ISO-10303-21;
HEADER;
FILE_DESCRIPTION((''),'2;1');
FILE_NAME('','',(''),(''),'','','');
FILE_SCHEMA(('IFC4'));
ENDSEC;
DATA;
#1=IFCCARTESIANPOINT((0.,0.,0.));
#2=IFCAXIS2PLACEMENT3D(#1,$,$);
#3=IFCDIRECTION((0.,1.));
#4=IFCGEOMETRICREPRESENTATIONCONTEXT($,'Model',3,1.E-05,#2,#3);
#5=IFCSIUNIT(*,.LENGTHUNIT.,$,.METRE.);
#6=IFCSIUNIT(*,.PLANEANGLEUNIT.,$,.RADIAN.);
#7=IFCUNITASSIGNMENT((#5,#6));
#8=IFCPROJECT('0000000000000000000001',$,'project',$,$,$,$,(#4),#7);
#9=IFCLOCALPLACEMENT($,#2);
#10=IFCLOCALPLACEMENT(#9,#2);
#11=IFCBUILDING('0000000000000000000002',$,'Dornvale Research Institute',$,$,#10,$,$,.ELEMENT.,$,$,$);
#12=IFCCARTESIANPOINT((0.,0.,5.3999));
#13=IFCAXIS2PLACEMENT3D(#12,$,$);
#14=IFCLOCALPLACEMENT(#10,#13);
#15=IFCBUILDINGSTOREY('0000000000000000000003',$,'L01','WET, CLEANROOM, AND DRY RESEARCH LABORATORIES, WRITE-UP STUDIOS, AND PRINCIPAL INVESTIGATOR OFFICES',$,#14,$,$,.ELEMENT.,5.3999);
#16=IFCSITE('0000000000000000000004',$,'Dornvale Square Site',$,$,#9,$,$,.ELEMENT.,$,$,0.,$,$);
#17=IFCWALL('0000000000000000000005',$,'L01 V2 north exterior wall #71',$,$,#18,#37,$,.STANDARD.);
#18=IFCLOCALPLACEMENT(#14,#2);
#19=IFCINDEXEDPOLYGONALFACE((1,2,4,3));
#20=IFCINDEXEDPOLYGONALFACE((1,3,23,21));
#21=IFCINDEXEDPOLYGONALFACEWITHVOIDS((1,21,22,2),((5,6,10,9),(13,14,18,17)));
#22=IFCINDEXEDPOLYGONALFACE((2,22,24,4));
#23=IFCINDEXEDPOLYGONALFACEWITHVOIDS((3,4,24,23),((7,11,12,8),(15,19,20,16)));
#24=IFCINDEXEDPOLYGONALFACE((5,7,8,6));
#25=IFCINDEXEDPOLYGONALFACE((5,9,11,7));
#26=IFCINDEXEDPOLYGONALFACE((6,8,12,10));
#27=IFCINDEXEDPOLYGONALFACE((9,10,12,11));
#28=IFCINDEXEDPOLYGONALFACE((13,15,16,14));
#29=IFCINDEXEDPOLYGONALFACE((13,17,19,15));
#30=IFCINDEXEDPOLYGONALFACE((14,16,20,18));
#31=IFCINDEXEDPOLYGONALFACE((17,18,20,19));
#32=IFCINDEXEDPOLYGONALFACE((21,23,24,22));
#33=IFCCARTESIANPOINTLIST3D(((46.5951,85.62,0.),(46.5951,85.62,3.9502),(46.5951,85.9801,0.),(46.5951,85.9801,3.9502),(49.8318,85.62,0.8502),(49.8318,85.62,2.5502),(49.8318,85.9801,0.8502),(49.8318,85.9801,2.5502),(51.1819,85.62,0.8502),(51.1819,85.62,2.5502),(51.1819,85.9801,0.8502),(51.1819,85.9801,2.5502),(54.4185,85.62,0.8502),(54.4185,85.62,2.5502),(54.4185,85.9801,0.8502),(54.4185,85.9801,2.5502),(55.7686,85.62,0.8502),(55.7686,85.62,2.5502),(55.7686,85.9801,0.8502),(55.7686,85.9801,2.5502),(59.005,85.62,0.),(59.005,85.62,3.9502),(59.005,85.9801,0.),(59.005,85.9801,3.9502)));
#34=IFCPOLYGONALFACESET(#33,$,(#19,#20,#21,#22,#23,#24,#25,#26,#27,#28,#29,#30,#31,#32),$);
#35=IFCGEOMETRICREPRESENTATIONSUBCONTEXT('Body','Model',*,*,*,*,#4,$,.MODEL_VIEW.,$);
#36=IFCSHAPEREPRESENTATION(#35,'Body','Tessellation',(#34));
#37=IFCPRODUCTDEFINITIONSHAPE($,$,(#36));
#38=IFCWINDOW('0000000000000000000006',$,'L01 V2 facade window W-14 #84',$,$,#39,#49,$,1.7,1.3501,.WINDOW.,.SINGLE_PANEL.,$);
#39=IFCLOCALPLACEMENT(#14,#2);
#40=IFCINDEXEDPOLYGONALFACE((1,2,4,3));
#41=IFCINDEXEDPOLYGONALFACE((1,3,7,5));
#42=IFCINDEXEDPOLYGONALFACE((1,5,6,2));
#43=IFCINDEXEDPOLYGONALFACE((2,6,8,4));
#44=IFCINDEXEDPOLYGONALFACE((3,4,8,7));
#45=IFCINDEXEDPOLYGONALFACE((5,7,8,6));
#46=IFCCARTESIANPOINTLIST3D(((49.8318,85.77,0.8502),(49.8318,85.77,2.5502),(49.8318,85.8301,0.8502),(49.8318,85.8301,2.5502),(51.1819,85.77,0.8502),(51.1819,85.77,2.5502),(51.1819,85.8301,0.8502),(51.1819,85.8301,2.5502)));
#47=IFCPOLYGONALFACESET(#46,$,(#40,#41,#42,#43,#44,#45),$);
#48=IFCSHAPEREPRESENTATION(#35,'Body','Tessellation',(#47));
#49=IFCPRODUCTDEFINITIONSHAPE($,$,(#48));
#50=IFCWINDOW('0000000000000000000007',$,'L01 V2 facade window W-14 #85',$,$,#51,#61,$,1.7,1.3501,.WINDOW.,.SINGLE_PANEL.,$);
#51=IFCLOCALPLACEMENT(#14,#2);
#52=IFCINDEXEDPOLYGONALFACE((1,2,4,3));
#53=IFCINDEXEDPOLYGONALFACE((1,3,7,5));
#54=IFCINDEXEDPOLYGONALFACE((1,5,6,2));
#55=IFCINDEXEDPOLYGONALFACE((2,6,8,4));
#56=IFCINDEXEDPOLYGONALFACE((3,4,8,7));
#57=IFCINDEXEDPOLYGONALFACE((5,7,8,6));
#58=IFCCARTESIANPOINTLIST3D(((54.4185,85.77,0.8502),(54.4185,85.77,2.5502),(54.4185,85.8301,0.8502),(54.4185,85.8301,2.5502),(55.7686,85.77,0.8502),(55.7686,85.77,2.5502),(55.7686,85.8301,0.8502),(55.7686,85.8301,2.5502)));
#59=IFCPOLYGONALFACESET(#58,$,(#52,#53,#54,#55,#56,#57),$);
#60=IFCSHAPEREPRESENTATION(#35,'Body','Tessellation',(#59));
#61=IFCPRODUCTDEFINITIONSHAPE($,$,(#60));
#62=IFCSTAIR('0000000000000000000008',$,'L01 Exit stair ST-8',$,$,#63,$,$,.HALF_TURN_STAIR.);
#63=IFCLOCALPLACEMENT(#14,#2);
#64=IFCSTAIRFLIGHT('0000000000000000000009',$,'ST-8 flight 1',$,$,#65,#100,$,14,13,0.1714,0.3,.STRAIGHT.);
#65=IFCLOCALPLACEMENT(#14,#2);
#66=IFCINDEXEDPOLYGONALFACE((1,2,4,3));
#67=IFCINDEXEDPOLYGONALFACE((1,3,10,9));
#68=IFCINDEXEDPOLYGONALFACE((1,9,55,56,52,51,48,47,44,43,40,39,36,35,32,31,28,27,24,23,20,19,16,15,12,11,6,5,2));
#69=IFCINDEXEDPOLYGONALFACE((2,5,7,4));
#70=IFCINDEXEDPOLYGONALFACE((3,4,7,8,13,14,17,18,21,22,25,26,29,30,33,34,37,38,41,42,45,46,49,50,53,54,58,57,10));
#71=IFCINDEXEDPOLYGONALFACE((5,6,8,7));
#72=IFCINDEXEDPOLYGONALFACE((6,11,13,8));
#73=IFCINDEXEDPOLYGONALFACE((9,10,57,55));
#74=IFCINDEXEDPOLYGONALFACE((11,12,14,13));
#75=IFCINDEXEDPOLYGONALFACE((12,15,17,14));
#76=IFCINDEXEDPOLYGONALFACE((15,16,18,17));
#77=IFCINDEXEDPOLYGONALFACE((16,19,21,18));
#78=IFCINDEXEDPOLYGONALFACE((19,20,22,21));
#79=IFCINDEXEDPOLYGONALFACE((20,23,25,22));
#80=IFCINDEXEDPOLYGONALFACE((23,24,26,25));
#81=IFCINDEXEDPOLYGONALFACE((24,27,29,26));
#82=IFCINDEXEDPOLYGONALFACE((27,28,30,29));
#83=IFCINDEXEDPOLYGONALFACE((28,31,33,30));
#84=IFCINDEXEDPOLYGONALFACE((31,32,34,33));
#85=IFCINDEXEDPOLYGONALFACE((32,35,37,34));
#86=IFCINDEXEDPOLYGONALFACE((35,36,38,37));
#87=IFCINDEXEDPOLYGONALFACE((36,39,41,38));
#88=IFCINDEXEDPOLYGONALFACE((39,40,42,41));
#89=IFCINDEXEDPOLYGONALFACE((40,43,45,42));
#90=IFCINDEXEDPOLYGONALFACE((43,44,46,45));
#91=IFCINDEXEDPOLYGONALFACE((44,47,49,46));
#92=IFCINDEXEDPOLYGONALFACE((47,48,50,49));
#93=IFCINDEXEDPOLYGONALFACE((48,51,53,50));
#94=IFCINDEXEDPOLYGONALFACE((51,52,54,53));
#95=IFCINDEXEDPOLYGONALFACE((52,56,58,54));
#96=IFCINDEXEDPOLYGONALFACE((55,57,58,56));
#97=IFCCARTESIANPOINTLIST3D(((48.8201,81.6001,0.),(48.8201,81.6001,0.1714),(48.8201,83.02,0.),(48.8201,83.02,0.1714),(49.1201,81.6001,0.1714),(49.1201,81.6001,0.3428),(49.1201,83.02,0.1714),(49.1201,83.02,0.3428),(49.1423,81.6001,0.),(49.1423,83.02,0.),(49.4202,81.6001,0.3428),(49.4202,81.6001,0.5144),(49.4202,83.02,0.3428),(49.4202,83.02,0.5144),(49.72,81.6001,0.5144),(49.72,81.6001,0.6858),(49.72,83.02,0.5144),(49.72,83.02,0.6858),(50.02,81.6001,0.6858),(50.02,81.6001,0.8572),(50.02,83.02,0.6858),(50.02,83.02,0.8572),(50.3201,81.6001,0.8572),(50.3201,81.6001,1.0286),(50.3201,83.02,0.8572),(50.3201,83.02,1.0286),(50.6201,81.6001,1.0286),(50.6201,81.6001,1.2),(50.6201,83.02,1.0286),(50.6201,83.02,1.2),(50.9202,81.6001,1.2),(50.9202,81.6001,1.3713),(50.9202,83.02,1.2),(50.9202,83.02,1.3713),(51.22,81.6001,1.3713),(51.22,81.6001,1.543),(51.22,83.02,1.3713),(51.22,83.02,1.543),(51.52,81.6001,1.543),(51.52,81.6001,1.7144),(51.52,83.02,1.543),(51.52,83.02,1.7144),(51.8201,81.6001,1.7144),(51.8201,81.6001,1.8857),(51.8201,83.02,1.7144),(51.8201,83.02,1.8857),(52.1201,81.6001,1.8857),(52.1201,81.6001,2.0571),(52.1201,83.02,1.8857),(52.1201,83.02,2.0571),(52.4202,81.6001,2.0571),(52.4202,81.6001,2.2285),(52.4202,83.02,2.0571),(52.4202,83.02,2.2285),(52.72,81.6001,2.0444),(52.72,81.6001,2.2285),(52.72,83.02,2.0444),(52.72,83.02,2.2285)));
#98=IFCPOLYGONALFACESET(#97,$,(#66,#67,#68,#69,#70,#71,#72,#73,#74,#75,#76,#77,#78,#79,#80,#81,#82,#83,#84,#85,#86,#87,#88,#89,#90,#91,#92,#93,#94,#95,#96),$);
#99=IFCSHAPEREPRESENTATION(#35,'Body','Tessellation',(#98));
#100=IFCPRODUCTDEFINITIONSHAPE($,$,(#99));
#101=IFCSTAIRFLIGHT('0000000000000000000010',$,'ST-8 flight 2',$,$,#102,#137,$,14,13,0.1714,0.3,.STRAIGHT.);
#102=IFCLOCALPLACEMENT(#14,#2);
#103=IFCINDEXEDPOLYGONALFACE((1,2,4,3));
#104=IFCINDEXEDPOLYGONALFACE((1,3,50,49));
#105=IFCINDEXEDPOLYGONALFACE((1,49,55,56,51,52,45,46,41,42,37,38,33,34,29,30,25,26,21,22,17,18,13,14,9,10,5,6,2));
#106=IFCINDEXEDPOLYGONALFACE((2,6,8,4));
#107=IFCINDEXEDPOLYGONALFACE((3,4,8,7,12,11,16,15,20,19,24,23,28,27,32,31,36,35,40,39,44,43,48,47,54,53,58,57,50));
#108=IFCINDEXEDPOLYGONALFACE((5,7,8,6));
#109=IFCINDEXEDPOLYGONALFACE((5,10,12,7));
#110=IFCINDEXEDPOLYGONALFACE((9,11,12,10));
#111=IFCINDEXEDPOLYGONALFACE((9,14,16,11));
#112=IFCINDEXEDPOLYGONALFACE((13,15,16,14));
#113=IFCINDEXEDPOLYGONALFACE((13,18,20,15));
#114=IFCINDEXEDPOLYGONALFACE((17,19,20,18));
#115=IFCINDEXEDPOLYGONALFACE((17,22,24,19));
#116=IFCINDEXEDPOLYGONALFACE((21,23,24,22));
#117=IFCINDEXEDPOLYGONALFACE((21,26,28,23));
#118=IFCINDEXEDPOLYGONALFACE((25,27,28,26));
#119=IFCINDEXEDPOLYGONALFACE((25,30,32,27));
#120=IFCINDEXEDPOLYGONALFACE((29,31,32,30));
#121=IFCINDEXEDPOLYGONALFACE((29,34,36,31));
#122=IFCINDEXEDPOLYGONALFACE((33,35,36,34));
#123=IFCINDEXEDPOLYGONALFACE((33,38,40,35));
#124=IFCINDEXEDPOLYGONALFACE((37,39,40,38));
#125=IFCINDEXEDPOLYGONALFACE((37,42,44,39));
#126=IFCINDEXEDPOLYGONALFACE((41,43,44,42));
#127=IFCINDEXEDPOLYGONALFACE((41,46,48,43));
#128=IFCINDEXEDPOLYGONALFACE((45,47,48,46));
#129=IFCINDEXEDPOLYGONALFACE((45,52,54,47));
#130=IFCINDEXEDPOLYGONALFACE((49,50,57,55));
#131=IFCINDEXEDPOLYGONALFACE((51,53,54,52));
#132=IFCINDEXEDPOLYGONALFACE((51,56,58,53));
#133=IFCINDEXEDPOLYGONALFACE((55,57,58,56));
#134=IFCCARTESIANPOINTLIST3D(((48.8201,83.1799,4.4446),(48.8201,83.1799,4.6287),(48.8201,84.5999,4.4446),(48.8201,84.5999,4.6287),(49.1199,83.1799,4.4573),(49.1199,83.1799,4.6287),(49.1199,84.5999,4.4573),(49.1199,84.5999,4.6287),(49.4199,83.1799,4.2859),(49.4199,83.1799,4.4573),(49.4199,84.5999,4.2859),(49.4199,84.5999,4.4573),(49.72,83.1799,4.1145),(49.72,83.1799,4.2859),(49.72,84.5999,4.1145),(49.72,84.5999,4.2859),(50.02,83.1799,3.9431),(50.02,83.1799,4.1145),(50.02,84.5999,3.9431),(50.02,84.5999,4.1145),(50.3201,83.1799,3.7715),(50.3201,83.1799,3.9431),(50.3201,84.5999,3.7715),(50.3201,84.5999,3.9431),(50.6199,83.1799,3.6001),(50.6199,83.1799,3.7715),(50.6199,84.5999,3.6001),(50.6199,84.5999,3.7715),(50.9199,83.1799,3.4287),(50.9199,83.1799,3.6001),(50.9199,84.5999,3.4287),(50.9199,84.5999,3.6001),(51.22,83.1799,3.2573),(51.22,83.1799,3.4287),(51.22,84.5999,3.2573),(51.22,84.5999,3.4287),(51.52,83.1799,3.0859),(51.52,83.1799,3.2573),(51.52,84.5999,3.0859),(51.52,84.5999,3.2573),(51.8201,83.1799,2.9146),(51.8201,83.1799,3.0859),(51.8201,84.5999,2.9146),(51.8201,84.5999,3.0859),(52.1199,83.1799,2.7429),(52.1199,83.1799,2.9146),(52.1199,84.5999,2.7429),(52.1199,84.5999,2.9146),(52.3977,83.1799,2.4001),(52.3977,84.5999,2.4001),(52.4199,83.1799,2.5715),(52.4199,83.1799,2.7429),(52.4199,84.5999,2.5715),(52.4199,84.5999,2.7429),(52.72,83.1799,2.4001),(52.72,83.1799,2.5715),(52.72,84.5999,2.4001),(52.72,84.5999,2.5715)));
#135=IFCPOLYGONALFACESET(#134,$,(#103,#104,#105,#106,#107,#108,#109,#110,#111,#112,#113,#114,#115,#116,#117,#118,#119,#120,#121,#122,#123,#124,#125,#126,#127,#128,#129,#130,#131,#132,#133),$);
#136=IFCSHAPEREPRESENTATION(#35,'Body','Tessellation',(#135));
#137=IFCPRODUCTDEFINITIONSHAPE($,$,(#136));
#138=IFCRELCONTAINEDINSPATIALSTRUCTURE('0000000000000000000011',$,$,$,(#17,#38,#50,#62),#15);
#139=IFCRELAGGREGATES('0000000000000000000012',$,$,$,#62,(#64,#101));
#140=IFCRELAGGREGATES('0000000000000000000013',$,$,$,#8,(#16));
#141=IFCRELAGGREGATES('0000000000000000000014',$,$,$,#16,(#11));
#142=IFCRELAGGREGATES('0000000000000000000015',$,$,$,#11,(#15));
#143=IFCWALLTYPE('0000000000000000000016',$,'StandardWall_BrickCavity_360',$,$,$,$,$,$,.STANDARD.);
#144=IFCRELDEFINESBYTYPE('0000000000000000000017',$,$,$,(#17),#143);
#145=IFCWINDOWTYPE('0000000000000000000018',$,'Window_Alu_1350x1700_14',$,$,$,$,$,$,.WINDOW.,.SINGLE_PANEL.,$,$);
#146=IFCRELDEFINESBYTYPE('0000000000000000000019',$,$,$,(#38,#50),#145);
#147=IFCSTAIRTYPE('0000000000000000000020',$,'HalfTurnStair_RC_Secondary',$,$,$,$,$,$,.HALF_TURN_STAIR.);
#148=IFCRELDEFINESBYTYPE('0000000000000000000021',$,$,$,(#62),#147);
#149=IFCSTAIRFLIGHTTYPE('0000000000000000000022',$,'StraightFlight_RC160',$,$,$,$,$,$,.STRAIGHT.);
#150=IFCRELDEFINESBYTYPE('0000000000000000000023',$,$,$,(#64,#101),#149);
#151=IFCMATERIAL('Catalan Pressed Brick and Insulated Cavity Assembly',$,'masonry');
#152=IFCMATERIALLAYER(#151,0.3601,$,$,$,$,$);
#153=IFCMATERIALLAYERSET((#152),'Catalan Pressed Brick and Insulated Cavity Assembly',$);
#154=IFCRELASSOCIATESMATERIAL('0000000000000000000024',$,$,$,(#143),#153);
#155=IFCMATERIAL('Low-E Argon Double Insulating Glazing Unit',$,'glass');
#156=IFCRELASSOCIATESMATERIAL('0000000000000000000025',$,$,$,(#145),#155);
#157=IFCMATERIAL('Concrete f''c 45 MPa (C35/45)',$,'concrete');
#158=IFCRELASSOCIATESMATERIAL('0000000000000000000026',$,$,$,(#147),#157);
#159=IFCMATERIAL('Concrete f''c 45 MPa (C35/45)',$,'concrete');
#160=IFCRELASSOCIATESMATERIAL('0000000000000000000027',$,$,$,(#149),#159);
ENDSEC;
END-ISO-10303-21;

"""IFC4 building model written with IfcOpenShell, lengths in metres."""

from ifc_helpers import new_model, si_unit, direction, frame, frame_2d, origin, place, context, subcontext, project, spatial, polyline, rectangle, outline, extrude, material, layer, layer_set, type_object, element, fill, aggregate, save


model = new_model("IFC4")

# Units and contexts
model_context = context("Model", 3, precision=1e-05, world=origin(), true_north=direction((0.0, 1.0)))
body_context = subcontext(model_context, "Body", "Model", "MODEL_VIEW")
ifc_project = project(units=[si_unit("LENGTHUNIT", "METRE"), si_unit("PLANEANGLEUNIT", "RADIAN")], contexts=[model_context])

# Site, building, storey
site_placement = place(None, origin())
site = spatial("IfcSite", under=ifc_project, at=site_placement, Name="Dornvale Square Site", CompositionType="ELEMENT", RefElevation=0.0)
building_placement = place(site_placement, origin())
building = spatial("IfcBuilding", under=site, at=building_placement, Name="Dornvale Research Institute", CompositionType="ELEMENT")
storey_placement = place(building_placement, frame((0.0, 0.0, 5.3999)))
storey = spatial("IfcBuildingStorey", under=building, at=storey_placement, Name="L01", Description="WET, CLEANROOM, AND DRY RESEARCH LABORATORIES, WRITE-UP STUDIOS, AND PRINCIPAL INVESTIGATOR OFFICES", CompositionType="ELEMENT", Elevation=5.3999)

# Wall, openings, windows
ifc_material_1 = material(Name="Catalan Pressed Brick and Insulated Cavity Assembly", Category="masonry")
ifc_layer_1 = layer(ifc_material_1, 0.3601)
ifc_layer_set_1 = layer_set([ifc_layer_1], Name="Catalan Pressed Brick and Insulated Cavity Assembly")
wall_type_1 = type_object("IfcWallType", Name="StandardWall_BrickCavity_360", PredefinedType="STANDARD", material=ifc_layer_set_1)
wall_1_placement = place(storey_placement, frame((46.595, 85.8, 0.0), z_axis=(0.0, 0.0, 1.0), x_axis=(1.0, 0.0, 0.0)))
wall_1 = element("IfcWall", 1, at=wall_1_placement, inside=storey, type_object=wall_type_1, Name="L01 V2 north exterior wall #71", PredefinedType="STANDARD", context=body_context, shape_type="SweptSolid", body=[
    extrude(rectangle(XDim=12.4099, YDim=0.3601, at=frame_2d((6.2051, 0.0))), origin(), (0.0, 0.0, 1.0), 3.9502),
])
opening_1_placement = place(wall_1_placement, frame((3.2368, 0.0, 0.8501)))
opening_1 = element("IfcOpeningElement", 2, at=opening_1_placement, cuts=wall_1, PredefinedType="OPENING", context=body_context, shape_type="SweptSolid", body=[
    extrude(rectangle(XDim=1.3501, YDim=1.7, at=frame_2d((0.675, 0.8501))), frame((0.0, 0.1951, 0.0), z_axis=(0.0, -1.0, 0.0), x_axis=(1.0, 0.0, 0.0)), (0.0, 0.0, 1.0), 0.3901),
])
opening_2_placement = place(wall_1_placement, frame((7.8235, 0.0, 0.8501)))
opening_2 = element("IfcOpeningElement", 3, at=opening_2_placement, cuts=wall_1, PredefinedType="OPENING", context=body_context, shape_type="SweptSolid", body=[
    extrude(rectangle(XDim=1.3501, YDim=1.7, at=frame_2d((0.675, 0.8501))), frame((0.0, 0.1951, 0.0), z_axis=(0.0, -1.0, 0.0), x_axis=(1.0, 0.0, 0.0)), (0.0, 0.0, 1.0), 0.3901),
])
ifc_material_2 = material(Name="Low-E Argon Double Insulating Glazing Unit", Category="glass")
window_type = type_object("IfcWindowType", Name="Window_Alu_1350x1700_14", PartitioningType="SINGLE_PANEL", PredefinedType="WINDOW", material=ifc_material_2)
window_1_placement = place(opening_1_placement, origin())
window_1 = element("IfcWindow", 4, at=window_1_placement, inside=storey, type_object=window_type, Name="L01 V2 facade window W-14 #84", OverallHeight=1.7, OverallWidth=1.3501, PartitioningType="SINGLE_PANEL", PredefinedType="WINDOW", context=body_context, shape_type="SweptSolid", body=[
    extrude(rectangle(XDim=1.3501, YDim=1.7, at=frame_2d((0.675, 0.8501))), frame((0.0, 0.03, 0.0), z_axis=(0.0, -1.0, 0.0), x_axis=(1.0, 0.0, 0.0)), (0.0, 0.0, 1.0), 0.0601),
])
fill(opening_1, window_1)
window_2_placement = place(opening_2_placement, origin())
window_2 = element("IfcWindow", 5, at=window_2_placement, inside=storey, type_object=window_type, Name="L01 V2 facade window W-14 #85", OverallHeight=1.7, OverallWidth=1.3501, PartitioningType="SINGLE_PANEL", PredefinedType="WINDOW", context=body_context, shape_type="SweptSolid", body=[
    extrude(rectangle(XDim=1.3501, YDim=1.7, at=frame_2d((0.675, 0.8501))), frame((0.0, 0.03, 0.0), z_axis=(0.0, -1.0, 0.0), x_axis=(1.0, 0.0, 0.0)), (0.0, 0.0, 1.0), 0.0601),
])
fill(opening_2, window_2)

# Stair, stair flights
ifc_material_3 = material(Name="Concrete f'c 45 MPa (C35/45)", Category="concrete")
stair_type = type_object("IfcStairType", Name="HalfTurnStair_RC_Secondary", PredefinedType="HALF_TURN_STAIR", material=ifc_material_3)
stair_placement = place(storey_placement, origin())
stair = element("IfcStair", 6, at=stair_placement, inside=storey, type_object=stair_type, Name="L01 Exit stair ST-8", PredefinedType="HALF_TURN_STAIR")
ifc_material_4 = material(Name="Concrete f'c 45 MPa (C35/45)", Category="concrete")
stair_flight_type = type_object("IfcStairFlightType", Name="StraightFlight_RC160", PredefinedType="STRAIGHT", material=ifc_material_4)
stair_flight_1_placement = place(storey_placement, frame((48.8201, 82.3101, 0.0), z_axis=(0.0, 0.0, 1.0), x_axis=(1.0, 0.0, 0.0)))
stair_flight_1 = element("IfcStairFlight", 7, at=stair_flight_1_placement, type_object=stair_flight_type, Name="ST-8 flight 1", NumberOfRisers=14, NumberOfTreads=13, PredefinedType="STRAIGHT", RiserHeight=0.1714, TreadLength=0.3, context=body_context, shape_type="SweptSolid", body=[
    extrude(outline(polyline([(0.0, 0.0), (0.0, 0.1714), (0.3, 0.1714), (0.3, 0.3428), (0.6001, 0.3428), (0.6001, 0.5144), (0.8999, 0.5144), (0.8999, 0.6858), (1.2, 0.6858), (1.2, 0.8572), (1.5, 0.8572), (1.5, 1.0286), (1.8, 1.0286), (1.8, 1.2), (2.1001, 1.2), (2.1001, 1.3713), (2.3999, 1.3713), (2.3999, 1.543), (2.7, 1.543), (2.7, 1.7144), (3.0, 1.7144), (3.0, 1.8857), (3.3, 1.8857), (3.3, 2.0571), (3.6001, 2.0571), (3.6001, 2.2285), (3.8999, 2.2285), (3.8999, 2.3999), (3.8999, 2.0444), (0.3223, 0.0), (0.0, 0.0)])), frame((0.0, 0.71, 0.0), z_axis=(0.0, -1.0, 0.0), x_axis=(1.0, 0.0, 0.0)), (0.0, 0.0, 1.0), 1.4199),
])
stair_flight_2_placement = place(storey_placement, frame((52.72, 83.8899, 2.4001), z_axis=(0.0, 0.0, 1.0), x_axis=(-1.0, 0.0, 0.0)))
stair_flight_2 = element("IfcStairFlight", 8, at=stair_flight_2_placement, type_object=stair_flight_type, Name="ST-8 flight 2", NumberOfRisers=14, NumberOfTreads=13, PredefinedType="STRAIGHT", RiserHeight=0.1714, TreadLength=0.3, context=body_context, shape_type="SweptSolid", body=[
    extrude(outline(polyline([(0.0, 0.0), (0.0, 0.1714), (0.3, 0.1714), (0.3, 0.3428), (0.6001, 0.3428), (0.6001, 0.5144), (0.8999, 0.5144), (0.8999, 0.6858), (1.2, 0.6858), (1.2, 0.8572), (1.5, 0.8572), (1.5, 1.0286), (1.8, 1.0286), (1.8, 1.2), (2.1001, 1.2), (2.1001, 1.3713), (2.3999, 1.3713), (2.3999, 1.543), (2.7, 1.543), (2.7, 1.7144), (3.0, 1.7144), (3.0, 1.8857), (3.3, 1.8857), (3.3, 2.0571), (3.6001, 2.0571), (3.6001, 2.2285), (3.8999, 2.2285), (3.8999, 2.3999), (3.8999, 2.0444), (0.3223, 0.0), (0.0, 0.0)])), frame((0.0, 0.71, 0.0), z_axis=(0.0, -1.0, 0.0), x_axis=(1.0, 0.0, 0.0)), (0.0, 0.0, 1.0), 1.4199),
])
aggregate(stair, [stair_flight_1, stair_flight_2])

save(model, "model.ifc")
